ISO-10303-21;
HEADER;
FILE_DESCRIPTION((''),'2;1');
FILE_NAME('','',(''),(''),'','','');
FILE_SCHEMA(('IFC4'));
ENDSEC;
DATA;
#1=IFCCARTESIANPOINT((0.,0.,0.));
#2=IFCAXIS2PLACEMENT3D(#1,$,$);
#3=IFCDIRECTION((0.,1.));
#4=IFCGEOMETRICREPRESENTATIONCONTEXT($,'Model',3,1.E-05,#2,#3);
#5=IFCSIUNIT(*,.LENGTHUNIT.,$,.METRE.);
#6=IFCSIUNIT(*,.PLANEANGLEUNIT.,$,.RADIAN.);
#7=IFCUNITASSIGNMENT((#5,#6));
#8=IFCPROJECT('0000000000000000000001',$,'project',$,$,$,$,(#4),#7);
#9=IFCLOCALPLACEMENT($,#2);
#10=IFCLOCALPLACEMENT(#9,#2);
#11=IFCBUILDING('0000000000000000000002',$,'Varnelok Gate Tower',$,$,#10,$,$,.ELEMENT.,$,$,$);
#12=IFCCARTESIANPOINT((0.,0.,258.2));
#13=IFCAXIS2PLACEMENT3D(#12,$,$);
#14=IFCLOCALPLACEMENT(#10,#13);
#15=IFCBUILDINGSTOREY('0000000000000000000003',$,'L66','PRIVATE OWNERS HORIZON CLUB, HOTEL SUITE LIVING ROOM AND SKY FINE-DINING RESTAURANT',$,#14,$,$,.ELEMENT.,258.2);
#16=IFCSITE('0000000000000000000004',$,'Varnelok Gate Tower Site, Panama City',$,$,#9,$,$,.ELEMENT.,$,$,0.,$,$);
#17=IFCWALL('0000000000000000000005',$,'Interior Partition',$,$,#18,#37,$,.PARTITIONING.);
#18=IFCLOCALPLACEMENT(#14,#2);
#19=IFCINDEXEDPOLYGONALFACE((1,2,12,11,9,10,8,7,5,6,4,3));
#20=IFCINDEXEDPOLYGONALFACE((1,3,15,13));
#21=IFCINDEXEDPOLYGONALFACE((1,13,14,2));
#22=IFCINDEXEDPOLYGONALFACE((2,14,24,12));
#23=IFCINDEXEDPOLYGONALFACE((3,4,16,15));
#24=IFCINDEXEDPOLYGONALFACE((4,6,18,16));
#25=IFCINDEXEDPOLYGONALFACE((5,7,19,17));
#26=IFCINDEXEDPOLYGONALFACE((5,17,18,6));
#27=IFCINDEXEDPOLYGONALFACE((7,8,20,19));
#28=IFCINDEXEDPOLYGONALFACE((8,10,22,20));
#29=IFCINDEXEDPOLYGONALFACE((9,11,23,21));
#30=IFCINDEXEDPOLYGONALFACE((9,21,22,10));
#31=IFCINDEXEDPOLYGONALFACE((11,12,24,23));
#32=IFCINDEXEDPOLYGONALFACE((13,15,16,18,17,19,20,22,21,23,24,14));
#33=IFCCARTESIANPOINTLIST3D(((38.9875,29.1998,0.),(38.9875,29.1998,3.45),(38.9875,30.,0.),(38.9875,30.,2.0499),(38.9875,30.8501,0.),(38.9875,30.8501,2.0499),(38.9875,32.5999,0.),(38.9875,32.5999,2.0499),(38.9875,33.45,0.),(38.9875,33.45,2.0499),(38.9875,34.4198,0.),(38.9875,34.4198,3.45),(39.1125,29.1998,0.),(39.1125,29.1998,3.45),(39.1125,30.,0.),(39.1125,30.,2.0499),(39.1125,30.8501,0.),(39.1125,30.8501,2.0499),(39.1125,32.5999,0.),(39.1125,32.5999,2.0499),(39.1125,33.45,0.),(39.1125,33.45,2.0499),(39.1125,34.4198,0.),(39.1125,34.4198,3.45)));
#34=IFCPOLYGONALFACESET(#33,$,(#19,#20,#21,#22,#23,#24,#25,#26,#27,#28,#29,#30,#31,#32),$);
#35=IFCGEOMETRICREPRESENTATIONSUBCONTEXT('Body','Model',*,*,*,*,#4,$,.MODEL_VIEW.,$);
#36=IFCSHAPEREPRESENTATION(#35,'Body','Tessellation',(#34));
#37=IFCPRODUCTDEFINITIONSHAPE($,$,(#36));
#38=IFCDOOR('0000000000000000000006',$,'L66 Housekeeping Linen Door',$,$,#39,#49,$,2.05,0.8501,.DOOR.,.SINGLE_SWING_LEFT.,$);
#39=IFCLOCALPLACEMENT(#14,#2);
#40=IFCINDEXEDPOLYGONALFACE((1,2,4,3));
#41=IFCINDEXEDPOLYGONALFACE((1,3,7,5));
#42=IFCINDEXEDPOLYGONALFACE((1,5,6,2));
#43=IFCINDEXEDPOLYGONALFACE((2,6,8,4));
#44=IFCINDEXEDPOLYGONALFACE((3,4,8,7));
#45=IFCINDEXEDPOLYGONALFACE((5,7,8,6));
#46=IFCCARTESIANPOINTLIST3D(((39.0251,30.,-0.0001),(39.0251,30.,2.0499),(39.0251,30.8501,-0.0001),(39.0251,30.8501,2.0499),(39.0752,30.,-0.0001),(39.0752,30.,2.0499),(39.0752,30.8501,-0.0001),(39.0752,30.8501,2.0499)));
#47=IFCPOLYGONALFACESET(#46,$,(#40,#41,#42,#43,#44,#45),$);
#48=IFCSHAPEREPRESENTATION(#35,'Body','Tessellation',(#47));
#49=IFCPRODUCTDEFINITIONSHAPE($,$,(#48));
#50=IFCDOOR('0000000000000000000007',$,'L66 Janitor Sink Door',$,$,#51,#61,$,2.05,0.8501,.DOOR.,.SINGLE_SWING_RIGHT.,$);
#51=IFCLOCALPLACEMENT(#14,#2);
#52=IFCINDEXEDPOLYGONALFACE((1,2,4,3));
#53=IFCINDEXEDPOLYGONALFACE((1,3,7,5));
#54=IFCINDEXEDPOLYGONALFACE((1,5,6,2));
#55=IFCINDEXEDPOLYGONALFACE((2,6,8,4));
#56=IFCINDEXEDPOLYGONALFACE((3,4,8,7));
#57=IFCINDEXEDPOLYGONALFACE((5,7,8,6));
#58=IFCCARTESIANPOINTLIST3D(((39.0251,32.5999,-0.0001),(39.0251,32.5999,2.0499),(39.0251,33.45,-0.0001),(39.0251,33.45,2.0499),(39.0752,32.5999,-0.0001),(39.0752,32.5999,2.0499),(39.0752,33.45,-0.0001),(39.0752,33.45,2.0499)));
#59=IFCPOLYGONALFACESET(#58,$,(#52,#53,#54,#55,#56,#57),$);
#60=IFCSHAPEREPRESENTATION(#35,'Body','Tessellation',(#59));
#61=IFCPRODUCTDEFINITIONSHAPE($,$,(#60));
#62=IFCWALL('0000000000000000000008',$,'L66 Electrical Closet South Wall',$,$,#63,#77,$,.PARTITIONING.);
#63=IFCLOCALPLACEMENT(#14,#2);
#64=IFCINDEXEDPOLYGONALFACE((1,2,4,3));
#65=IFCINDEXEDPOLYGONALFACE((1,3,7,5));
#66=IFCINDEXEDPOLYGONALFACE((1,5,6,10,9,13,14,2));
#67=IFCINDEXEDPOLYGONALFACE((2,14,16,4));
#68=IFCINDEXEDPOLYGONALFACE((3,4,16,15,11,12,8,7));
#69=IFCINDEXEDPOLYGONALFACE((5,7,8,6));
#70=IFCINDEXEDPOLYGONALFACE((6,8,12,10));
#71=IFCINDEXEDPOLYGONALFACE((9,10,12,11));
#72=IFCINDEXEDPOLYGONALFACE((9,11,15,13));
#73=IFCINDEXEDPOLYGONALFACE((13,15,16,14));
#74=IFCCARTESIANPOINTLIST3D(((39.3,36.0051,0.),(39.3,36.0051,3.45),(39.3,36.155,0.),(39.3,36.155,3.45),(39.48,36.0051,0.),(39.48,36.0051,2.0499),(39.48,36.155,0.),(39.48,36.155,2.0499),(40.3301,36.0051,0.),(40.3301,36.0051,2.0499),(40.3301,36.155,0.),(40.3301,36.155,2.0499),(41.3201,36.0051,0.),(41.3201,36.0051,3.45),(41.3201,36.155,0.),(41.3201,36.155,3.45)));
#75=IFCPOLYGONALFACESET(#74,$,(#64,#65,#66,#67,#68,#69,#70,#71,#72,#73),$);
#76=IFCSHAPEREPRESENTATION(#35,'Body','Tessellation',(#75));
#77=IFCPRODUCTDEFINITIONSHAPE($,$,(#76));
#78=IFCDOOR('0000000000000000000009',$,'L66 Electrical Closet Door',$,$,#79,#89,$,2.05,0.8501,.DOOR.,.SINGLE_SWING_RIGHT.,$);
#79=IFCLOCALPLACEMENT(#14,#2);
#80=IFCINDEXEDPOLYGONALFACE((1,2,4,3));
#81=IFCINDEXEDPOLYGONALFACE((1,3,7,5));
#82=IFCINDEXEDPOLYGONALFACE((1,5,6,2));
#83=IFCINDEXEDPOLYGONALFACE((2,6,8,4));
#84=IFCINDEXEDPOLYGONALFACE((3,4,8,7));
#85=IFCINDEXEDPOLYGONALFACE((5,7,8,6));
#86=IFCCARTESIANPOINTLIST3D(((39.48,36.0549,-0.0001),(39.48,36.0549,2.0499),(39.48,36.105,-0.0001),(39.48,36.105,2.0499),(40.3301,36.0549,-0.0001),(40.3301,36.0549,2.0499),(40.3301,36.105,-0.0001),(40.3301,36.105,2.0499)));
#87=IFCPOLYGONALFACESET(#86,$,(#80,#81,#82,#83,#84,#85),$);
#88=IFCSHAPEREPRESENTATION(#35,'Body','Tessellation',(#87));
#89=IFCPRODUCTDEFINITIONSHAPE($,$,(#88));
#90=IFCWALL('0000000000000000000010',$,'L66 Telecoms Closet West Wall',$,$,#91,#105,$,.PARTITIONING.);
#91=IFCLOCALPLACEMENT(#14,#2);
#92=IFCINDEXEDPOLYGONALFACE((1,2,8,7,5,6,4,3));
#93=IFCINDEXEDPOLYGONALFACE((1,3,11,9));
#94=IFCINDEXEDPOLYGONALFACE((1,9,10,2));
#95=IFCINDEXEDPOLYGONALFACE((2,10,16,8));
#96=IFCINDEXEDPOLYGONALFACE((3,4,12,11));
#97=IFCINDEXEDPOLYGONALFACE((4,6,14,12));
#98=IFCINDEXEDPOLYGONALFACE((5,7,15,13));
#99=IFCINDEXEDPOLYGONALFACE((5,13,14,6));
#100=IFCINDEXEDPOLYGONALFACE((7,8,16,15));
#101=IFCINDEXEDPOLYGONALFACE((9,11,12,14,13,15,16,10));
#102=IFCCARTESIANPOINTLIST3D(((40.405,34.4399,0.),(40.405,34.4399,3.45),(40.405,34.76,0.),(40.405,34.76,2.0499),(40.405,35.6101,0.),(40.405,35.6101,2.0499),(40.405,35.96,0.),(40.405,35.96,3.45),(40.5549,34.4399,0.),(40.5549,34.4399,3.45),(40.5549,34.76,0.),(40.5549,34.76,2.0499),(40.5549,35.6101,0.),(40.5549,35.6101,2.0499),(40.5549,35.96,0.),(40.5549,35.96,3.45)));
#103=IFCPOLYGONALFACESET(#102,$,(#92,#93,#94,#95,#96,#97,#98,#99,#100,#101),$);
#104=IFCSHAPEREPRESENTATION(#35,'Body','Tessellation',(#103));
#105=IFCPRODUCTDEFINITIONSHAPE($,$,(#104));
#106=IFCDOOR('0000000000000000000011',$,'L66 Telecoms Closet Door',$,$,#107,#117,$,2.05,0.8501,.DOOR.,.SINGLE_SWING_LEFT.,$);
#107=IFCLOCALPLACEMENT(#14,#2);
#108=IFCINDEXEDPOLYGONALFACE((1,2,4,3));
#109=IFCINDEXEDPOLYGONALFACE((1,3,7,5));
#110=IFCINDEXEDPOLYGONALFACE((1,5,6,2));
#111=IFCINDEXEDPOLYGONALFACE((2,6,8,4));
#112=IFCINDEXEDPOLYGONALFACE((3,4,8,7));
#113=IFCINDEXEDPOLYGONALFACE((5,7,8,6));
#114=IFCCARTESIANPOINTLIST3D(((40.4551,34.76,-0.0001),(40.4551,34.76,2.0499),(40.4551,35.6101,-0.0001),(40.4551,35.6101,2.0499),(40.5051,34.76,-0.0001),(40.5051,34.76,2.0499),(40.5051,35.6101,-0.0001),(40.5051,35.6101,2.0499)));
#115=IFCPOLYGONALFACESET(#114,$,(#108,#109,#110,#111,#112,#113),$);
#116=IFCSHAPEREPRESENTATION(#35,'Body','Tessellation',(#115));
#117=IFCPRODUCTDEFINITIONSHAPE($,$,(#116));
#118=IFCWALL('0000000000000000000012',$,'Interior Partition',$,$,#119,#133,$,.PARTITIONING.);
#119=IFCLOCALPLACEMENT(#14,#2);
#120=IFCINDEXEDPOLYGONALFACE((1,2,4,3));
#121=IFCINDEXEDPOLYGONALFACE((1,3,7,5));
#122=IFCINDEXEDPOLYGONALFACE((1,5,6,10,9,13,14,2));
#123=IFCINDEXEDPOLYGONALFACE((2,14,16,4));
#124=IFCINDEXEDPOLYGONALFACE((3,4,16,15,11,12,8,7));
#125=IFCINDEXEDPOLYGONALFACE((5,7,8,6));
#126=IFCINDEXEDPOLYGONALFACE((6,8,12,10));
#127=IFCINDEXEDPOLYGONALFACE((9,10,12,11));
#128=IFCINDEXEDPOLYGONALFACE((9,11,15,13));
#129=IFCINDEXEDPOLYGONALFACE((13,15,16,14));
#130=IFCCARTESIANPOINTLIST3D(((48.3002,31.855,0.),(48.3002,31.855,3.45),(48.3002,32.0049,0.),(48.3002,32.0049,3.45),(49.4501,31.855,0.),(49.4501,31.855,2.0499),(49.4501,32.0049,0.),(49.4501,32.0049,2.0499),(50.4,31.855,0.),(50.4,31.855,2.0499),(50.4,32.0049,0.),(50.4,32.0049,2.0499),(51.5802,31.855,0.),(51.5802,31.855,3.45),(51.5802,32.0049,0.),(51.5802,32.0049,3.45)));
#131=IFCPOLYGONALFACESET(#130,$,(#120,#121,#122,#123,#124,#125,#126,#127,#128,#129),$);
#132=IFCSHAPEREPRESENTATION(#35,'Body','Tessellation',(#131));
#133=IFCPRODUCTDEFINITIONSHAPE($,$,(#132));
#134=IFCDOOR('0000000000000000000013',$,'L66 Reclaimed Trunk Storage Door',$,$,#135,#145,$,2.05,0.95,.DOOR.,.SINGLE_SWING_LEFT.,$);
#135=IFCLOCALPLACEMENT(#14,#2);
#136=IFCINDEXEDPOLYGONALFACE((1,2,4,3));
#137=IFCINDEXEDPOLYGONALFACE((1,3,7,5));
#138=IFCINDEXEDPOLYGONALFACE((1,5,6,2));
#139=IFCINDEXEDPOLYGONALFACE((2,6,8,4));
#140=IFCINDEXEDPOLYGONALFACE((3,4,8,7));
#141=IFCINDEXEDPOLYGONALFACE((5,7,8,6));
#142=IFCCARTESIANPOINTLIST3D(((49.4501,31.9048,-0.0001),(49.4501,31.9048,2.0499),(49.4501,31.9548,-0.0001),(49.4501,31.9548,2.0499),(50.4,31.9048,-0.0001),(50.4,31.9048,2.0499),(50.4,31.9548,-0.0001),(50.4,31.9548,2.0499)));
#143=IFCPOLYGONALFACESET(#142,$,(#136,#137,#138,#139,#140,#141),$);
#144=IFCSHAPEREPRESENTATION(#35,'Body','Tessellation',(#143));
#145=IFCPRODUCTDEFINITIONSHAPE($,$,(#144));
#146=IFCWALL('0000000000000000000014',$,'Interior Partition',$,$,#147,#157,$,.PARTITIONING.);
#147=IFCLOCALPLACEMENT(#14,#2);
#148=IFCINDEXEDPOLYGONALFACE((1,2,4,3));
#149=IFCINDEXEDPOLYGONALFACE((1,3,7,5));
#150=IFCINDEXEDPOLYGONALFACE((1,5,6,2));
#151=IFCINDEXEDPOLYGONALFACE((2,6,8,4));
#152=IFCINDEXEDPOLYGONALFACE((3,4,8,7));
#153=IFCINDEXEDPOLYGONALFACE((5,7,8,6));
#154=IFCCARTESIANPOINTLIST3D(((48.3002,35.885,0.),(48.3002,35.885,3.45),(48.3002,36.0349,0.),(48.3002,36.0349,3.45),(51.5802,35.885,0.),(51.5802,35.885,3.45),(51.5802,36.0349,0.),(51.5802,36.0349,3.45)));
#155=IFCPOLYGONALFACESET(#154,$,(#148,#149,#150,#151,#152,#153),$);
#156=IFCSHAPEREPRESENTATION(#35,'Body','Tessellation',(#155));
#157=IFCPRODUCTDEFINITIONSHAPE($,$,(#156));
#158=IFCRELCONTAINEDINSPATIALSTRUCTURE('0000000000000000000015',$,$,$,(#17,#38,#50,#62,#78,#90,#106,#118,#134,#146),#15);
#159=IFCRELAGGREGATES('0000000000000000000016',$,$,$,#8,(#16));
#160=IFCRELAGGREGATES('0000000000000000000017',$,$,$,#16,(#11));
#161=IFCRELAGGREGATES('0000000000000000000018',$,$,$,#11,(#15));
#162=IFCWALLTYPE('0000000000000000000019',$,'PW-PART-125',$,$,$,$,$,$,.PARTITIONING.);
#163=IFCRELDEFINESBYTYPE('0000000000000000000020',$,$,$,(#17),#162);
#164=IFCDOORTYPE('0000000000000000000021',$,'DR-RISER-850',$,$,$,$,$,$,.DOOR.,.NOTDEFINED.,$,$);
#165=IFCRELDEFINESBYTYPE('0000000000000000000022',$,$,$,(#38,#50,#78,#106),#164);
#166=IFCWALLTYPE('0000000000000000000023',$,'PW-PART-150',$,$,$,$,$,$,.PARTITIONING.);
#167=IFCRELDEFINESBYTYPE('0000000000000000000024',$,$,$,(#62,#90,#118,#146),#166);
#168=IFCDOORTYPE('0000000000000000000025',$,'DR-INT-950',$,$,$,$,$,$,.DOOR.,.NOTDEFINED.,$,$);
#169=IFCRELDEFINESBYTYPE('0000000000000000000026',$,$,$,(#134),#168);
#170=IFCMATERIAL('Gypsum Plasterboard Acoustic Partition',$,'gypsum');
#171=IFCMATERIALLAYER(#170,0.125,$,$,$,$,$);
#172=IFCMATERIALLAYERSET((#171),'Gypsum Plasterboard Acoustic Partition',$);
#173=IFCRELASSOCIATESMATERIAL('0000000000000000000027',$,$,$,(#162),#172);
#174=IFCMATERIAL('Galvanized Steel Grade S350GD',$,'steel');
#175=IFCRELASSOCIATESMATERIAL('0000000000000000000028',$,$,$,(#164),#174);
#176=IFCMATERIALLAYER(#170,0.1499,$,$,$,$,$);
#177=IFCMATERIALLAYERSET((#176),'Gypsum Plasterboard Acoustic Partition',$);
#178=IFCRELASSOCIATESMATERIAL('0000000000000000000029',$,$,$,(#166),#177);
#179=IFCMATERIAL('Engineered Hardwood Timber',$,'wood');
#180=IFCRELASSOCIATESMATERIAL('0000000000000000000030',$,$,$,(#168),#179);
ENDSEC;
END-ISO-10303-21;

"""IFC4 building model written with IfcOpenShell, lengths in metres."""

from ifc_helpers import new_model, si_unit, direction, frame, frame_2d, origin, place, context, subcontext, project, spatial, rectangle, extrude, material, layer, layer_set, type_object, element, fill, save


model = new_model("IFC4")

# Units and contexts
model_context = context("Model", 3, precision=1e-05, world=origin(), true_north=direction((0.0, 1.0)))
body_context = subcontext(model_context, "Body", "Model", "MODEL_VIEW")
ifc_project = project(units=[si_unit("LENGTHUNIT", "METRE"), si_unit("PLANEANGLEUNIT", "RADIAN")], contexts=[model_context])

# Site, building, storey
site_placement = place(None, origin())
site = spatial("IfcSite", under=ifc_project, at=site_placement, Name="Varnelok Gate Tower Site, Panama City", CompositionType="ELEMENT", RefElevation=0.0)
building_placement = place(site_placement, origin())
building = spatial("IfcBuilding", under=site, at=building_placement, Name="Varnelok Gate Tower", CompositionType="ELEMENT")
storey_placement = place(building_placement, frame((0.0, 0.0, 258.2)))
storey = spatial("IfcBuildingStorey", under=building, at=storey_placement, Name="L66", Description="PRIVATE OWNERS HORIZON CLUB, HOTEL SUITE LIVING ROOM AND SKY FINE-DINING RESTAURANT", CompositionType="ELEMENT", Elevation=258.2)

# Wall, openings, doors
ifc_material_1 = material(Name="Gypsum Plasterboard Acoustic Partition", Category="gypsum")
ifc_layer_1 = layer(ifc_material_1, 0.125)
ifc_layer_set_1 = layer_set([ifc_layer_1], Name="Gypsum Plasterboard Acoustic Partition")
wall_type_1 = type_object("IfcWallType", Name="PW-PART-125", PredefinedType="PARTITIONING", material=ifc_layer_set_1)
wall_1_placement = place(storey_placement, frame((39.05, 29.2, 0.0), z_axis=(0.0, 0.0, 1.0), x_axis=(0.0, 1.0, 0.0)))
wall_1 = element("IfcWall", 1, at=wall_1_placement, inside=storey, type_object=wall_type_1, Name="Interior Partition", PredefinedType="PARTITIONING", context=body_context, shape_type="SweptSolid", body=[
    extrude(rectangle(XDim=5.22, YDim=0.125, at=frame_2d((2.6099, 0.0))), origin(), (0.0, 0.0, 1.0), 3.45),
])
opening_1_placement = place(wall_1_placement, frame((0.8, 0.0, 0.0)))
opening_1 = element("IfcOpeningElement", 2, at=opening_1_placement, cuts=wall_1, PredefinedType="OPENING", context=body_context, shape_type="SweptSolid", body=[
    extrude(rectangle(XDim=0.8501, YDim=2.05, at=frame_2d((0.425, 1.0249))), frame((0.0, 0.0725, 0.0), z_axis=(0.0, -1.0, 0.0), x_axis=(1.0, 0.0, 0.0)), (0.0, 0.0, 1.0), 0.145),
])
opening_2_placement = place(wall_1_placement, frame((3.3999, 0.0, 0.0)))
opening_2 = element("IfcOpeningElement", 3, at=opening_2_placement, cuts=wall_1, PredefinedType="OPENING", context=body_context, shape_type="SweptSolid", body=[
    extrude(rectangle(XDim=0.8501, YDim=2.05, at=frame_2d((0.425, 1.0249))), frame((0.0, 0.0725, 0.0), z_axis=(0.0, -1.0, 0.0), x_axis=(1.0, 0.0, 0.0)), (0.0, 0.0, 1.0), 0.145),
])
ifc_material_2 = material(Name="Galvanized Steel Grade S350GD", Category="steel")
door_type_1 = type_object("IfcDoorType", Name="DR-RISER-850", OperationType="NOTDEFINED", PredefinedType="DOOR", material=ifc_material_2)
door_1_placement = place(opening_1_placement, origin())
door_1 = element("IfcDoor", 4, at=door_1_placement, inside=storey, type_object=door_type_1, Name="L66 Housekeeping Linen Door", OperationType="SINGLE_SWING_LEFT", OverallHeight=2.05, OverallWidth=0.8501, PredefinedType="DOOR", context=body_context, shape_type="SweptSolid", body=[
    extrude(rectangle(XDim=0.8501, YDim=2.05, at=frame_2d((0.425, 1.0249))), frame((0.0, 0.0249, 0.0), z_axis=(0.0, -1.0, 0.0), x_axis=(1.0, 0.0, 0.0)), (0.0, 0.0, 1.0), 0.05),
])
fill(opening_1, door_1)
door_2_placement = place(opening_2_placement, origin())
door_2 = element("IfcDoor", 5, at=door_2_placement, inside=storey, type_object=door_type_1, Name="L66 Janitor Sink Door", OperationType="SINGLE_SWING_RIGHT", OverallHeight=2.05, OverallWidth=0.8501, PredefinedType="DOOR", context=body_context, shape_type="SweptSolid", body=[
    extrude(rectangle(XDim=0.8501, YDim=2.05, at=frame_2d((0.425, 1.0249))), frame((0.0, 0.0249, 0.0), z_axis=(0.0, -1.0, 0.0), x_axis=(1.0, 0.0, 0.0)), (0.0, 0.0, 1.0), 0.05),
])
fill(opening_2, door_2)

# Walls, openings, doors
ifc_layer_2 = layer(ifc_material_1, 0.1499)
ifc_layer_set_2 = layer_set([ifc_layer_2], Name="Gypsum Plasterboard Acoustic Partition")
wall_type_2 = type_object("IfcWallType", Name="PW-PART-150", PredefinedType="PARTITIONING", material=ifc_layer_set_2)
wall_2_placement = place(storey_placement, frame((39.3, 36.0801, 0.0), z_axis=(0.0, 0.0, 1.0), x_axis=(1.0, 0.0, 0.0)))
wall_2 = element("IfcWall", 6, at=wall_2_placement, inside=storey, type_object=wall_type_2, Name="L66 Electrical Closet South Wall", PredefinedType="PARTITIONING", context=body_context, shape_type="SweptSolid", body=[
    extrude(rectangle(XDim=2.02, YDim=0.1499, at=frame_2d((1.01, 0.0))), origin(), (0.0, 0.0, 1.0), 3.45),
])
opening_3_placement = place(wall_2_placement, frame((0.1799, 0.0, 0.0)))
opening_3 = element("IfcOpeningElement", 7, at=opening_3_placement, cuts=wall_2, PredefinedType="OPENING", context=body_context, shape_type="SweptSolid", body=[
    extrude(rectangle(XDim=0.8501, YDim=2.05, at=frame_2d((0.425, 1.0249))), frame((0.0, 0.085, 0.0), z_axis=(0.0, -1.0, 0.0), x_axis=(1.0, 0.0, 0.0)), (0.0, 0.0, 1.0), 0.1699),
])
door_3_placement = place(opening_3_placement, origin())
door_3 = element("IfcDoor", 8, at=door_3_placement, inside=storey, type_object=door_type_1, Name="L66 Electrical Closet Door", OperationType="SINGLE_SWING_RIGHT", OverallHeight=2.05, OverallWidth=0.8501, PredefinedType="DOOR", context=body_context, shape_type="SweptSolid", body=[
    extrude(rectangle(XDim=0.8501, YDim=2.05, at=frame_2d((0.425, 1.0249))), frame((0.0, 0.0249, 0.0), z_axis=(0.0, -1.0, 0.0), x_axis=(1.0, 0.0, 0.0)), (0.0, 0.0, 1.0), 0.05),
])
fill(opening_3, door_3)
wall_3_placement = place(storey_placement, frame((40.48, 34.4399, 0.0), z_axis=(0.0, 0.0, 1.0), x_axis=(0.0, 1.0, 0.0)))
wall_3 = element("IfcWall", 9, at=wall_3_placement, inside=storey, type_object=wall_type_2, Name="L66 Telecoms Closet West Wall", PredefinedType="PARTITIONING", context=body_context, shape_type="SweptSolid", body=[
    extrude(rectangle(XDim=1.52, YDim=0.1499, at=frame_2d((0.76, 0.0))), origin(), (0.0, 0.0, 1.0), 3.45),
])
opening_4_placement = place(wall_3_placement, frame((0.3201, 0.0, 0.0)))
opening_4 = element("IfcOpeningElement", 10, at=opening_4_placement, cuts=wall_3, PredefinedType="OPENING", context=body_context, shape_type="SweptSolid", body=[
    extrude(rectangle(XDim=0.8501, YDim=2.05, at=frame_2d((0.425, 1.0249))), frame((0.0, 0.085, 0.0), z_axis=(0.0, -1.0, 0.0), x_axis=(1.0, 0.0, 0.0)), (0.0, 0.0, 1.0), 0.1699),
])
door_4_placement = place(opening_4_placement, origin())
door_4 = element("IfcDoor", 11, at=door_4_placement, inside=storey, type_object=door_type_1, Name="L66 Telecoms Closet Door", OperationType="SINGLE_SWING_LEFT", OverallHeight=2.05, OverallWidth=0.8501, PredefinedType="DOOR", context=body_context, shape_type="SweptSolid", body=[
    extrude(rectangle(XDim=0.8501, YDim=2.05, at=frame_2d((0.425, 1.0249))), frame((0.0, 0.0249, 0.0), z_axis=(0.0, -1.0, 0.0), x_axis=(1.0, 0.0, 0.0)), (0.0, 0.0, 1.0), 0.05),
])
fill(opening_4, door_4)
wall_4_placement = place(storey_placement, frame((48.3, 31.9299, 0.0), z_axis=(0.0, 0.0, 1.0), x_axis=(1.0, 0.0, 0.0)))
wall_4 = element("IfcWall", 12, at=wall_4_placement, inside=storey, type_object=wall_type_2, Name="Interior Partition", PredefinedType="PARTITIONING", context=body_context, shape_type="SweptSolid", body=[
    extrude(rectangle(XDim=3.28, YDim=0.1499, at=frame_2d((1.6401, 0.0))), origin(), (0.0, 0.0, 1.0), 3.45),
])
opening_5_placement = place(wall_4_placement, frame((1.1499, 0.0, 0.0)))
opening_5 = element("IfcOpeningElement", 13, at=opening_5_placement, cuts=wall_4, PredefinedType="OPENING", context=body_context, shape_type="SweptSolid", body=[
    extrude(rectangle(XDim=0.95, YDim=2.05, at=frame_2d((0.4751, 1.0249))), frame((0.0, 0.085, 0.0), z_axis=(0.0, -1.0, 0.0), x_axis=(1.0, 0.0, 0.0)), (0.0, 0.0, 1.0), 0.1699),
])
ifc_material_3 = material(Name="Engineered Hardwood Timber", Category="wood")
door_type_2 = type_object("IfcDoorType", Name="DR-INT-950", OperationType="NOTDEFINED", PredefinedType="DOOR", material=ifc_material_3)
door_5_placement = place(opening_5_placement, origin())
door_5 = element("IfcDoor", 14, at=door_5_placement, inside=storey, type_object=door_type_2, Name="L66 Reclaimed Trunk Storage Door", OperationType="SINGLE_SWING_LEFT", OverallHeight=2.05, OverallWidth=0.95, PredefinedType="DOOR", context=body_context, shape_type="SweptSolid", body=[
    extrude(rectangle(XDim=0.95, YDim=2.05, at=frame_2d((0.4751, 1.0249))), frame((0.0, 0.0249, 0.0), z_axis=(0.0, -1.0, 0.0), x_axis=(1.0, 0.0, 0.0)), (0.0, 0.0, 1.0), 0.05),
])
fill(opening_5, door_5)

# Wall
wall_5_placement = place(storey_placement, frame((48.3, 35.96, 0.0), z_axis=(0.0, 0.0, 1.0), x_axis=(1.0, 0.0, 0.0)))
element("IfcWall", 15, at=wall_5_placement, inside=storey, type_object=wall_type_2, Name="Interior Partition", PredefinedType="PARTITIONING", context=body_context, shape_type="SweptSolid", body=[
    extrude(rectangle(XDim=3.28, YDim=0.1499, at=frame_2d((1.6401, 0.0))), origin(), (0.0, 0.0, 1.0), 3.45),
])

save(model, "model.ifc")
